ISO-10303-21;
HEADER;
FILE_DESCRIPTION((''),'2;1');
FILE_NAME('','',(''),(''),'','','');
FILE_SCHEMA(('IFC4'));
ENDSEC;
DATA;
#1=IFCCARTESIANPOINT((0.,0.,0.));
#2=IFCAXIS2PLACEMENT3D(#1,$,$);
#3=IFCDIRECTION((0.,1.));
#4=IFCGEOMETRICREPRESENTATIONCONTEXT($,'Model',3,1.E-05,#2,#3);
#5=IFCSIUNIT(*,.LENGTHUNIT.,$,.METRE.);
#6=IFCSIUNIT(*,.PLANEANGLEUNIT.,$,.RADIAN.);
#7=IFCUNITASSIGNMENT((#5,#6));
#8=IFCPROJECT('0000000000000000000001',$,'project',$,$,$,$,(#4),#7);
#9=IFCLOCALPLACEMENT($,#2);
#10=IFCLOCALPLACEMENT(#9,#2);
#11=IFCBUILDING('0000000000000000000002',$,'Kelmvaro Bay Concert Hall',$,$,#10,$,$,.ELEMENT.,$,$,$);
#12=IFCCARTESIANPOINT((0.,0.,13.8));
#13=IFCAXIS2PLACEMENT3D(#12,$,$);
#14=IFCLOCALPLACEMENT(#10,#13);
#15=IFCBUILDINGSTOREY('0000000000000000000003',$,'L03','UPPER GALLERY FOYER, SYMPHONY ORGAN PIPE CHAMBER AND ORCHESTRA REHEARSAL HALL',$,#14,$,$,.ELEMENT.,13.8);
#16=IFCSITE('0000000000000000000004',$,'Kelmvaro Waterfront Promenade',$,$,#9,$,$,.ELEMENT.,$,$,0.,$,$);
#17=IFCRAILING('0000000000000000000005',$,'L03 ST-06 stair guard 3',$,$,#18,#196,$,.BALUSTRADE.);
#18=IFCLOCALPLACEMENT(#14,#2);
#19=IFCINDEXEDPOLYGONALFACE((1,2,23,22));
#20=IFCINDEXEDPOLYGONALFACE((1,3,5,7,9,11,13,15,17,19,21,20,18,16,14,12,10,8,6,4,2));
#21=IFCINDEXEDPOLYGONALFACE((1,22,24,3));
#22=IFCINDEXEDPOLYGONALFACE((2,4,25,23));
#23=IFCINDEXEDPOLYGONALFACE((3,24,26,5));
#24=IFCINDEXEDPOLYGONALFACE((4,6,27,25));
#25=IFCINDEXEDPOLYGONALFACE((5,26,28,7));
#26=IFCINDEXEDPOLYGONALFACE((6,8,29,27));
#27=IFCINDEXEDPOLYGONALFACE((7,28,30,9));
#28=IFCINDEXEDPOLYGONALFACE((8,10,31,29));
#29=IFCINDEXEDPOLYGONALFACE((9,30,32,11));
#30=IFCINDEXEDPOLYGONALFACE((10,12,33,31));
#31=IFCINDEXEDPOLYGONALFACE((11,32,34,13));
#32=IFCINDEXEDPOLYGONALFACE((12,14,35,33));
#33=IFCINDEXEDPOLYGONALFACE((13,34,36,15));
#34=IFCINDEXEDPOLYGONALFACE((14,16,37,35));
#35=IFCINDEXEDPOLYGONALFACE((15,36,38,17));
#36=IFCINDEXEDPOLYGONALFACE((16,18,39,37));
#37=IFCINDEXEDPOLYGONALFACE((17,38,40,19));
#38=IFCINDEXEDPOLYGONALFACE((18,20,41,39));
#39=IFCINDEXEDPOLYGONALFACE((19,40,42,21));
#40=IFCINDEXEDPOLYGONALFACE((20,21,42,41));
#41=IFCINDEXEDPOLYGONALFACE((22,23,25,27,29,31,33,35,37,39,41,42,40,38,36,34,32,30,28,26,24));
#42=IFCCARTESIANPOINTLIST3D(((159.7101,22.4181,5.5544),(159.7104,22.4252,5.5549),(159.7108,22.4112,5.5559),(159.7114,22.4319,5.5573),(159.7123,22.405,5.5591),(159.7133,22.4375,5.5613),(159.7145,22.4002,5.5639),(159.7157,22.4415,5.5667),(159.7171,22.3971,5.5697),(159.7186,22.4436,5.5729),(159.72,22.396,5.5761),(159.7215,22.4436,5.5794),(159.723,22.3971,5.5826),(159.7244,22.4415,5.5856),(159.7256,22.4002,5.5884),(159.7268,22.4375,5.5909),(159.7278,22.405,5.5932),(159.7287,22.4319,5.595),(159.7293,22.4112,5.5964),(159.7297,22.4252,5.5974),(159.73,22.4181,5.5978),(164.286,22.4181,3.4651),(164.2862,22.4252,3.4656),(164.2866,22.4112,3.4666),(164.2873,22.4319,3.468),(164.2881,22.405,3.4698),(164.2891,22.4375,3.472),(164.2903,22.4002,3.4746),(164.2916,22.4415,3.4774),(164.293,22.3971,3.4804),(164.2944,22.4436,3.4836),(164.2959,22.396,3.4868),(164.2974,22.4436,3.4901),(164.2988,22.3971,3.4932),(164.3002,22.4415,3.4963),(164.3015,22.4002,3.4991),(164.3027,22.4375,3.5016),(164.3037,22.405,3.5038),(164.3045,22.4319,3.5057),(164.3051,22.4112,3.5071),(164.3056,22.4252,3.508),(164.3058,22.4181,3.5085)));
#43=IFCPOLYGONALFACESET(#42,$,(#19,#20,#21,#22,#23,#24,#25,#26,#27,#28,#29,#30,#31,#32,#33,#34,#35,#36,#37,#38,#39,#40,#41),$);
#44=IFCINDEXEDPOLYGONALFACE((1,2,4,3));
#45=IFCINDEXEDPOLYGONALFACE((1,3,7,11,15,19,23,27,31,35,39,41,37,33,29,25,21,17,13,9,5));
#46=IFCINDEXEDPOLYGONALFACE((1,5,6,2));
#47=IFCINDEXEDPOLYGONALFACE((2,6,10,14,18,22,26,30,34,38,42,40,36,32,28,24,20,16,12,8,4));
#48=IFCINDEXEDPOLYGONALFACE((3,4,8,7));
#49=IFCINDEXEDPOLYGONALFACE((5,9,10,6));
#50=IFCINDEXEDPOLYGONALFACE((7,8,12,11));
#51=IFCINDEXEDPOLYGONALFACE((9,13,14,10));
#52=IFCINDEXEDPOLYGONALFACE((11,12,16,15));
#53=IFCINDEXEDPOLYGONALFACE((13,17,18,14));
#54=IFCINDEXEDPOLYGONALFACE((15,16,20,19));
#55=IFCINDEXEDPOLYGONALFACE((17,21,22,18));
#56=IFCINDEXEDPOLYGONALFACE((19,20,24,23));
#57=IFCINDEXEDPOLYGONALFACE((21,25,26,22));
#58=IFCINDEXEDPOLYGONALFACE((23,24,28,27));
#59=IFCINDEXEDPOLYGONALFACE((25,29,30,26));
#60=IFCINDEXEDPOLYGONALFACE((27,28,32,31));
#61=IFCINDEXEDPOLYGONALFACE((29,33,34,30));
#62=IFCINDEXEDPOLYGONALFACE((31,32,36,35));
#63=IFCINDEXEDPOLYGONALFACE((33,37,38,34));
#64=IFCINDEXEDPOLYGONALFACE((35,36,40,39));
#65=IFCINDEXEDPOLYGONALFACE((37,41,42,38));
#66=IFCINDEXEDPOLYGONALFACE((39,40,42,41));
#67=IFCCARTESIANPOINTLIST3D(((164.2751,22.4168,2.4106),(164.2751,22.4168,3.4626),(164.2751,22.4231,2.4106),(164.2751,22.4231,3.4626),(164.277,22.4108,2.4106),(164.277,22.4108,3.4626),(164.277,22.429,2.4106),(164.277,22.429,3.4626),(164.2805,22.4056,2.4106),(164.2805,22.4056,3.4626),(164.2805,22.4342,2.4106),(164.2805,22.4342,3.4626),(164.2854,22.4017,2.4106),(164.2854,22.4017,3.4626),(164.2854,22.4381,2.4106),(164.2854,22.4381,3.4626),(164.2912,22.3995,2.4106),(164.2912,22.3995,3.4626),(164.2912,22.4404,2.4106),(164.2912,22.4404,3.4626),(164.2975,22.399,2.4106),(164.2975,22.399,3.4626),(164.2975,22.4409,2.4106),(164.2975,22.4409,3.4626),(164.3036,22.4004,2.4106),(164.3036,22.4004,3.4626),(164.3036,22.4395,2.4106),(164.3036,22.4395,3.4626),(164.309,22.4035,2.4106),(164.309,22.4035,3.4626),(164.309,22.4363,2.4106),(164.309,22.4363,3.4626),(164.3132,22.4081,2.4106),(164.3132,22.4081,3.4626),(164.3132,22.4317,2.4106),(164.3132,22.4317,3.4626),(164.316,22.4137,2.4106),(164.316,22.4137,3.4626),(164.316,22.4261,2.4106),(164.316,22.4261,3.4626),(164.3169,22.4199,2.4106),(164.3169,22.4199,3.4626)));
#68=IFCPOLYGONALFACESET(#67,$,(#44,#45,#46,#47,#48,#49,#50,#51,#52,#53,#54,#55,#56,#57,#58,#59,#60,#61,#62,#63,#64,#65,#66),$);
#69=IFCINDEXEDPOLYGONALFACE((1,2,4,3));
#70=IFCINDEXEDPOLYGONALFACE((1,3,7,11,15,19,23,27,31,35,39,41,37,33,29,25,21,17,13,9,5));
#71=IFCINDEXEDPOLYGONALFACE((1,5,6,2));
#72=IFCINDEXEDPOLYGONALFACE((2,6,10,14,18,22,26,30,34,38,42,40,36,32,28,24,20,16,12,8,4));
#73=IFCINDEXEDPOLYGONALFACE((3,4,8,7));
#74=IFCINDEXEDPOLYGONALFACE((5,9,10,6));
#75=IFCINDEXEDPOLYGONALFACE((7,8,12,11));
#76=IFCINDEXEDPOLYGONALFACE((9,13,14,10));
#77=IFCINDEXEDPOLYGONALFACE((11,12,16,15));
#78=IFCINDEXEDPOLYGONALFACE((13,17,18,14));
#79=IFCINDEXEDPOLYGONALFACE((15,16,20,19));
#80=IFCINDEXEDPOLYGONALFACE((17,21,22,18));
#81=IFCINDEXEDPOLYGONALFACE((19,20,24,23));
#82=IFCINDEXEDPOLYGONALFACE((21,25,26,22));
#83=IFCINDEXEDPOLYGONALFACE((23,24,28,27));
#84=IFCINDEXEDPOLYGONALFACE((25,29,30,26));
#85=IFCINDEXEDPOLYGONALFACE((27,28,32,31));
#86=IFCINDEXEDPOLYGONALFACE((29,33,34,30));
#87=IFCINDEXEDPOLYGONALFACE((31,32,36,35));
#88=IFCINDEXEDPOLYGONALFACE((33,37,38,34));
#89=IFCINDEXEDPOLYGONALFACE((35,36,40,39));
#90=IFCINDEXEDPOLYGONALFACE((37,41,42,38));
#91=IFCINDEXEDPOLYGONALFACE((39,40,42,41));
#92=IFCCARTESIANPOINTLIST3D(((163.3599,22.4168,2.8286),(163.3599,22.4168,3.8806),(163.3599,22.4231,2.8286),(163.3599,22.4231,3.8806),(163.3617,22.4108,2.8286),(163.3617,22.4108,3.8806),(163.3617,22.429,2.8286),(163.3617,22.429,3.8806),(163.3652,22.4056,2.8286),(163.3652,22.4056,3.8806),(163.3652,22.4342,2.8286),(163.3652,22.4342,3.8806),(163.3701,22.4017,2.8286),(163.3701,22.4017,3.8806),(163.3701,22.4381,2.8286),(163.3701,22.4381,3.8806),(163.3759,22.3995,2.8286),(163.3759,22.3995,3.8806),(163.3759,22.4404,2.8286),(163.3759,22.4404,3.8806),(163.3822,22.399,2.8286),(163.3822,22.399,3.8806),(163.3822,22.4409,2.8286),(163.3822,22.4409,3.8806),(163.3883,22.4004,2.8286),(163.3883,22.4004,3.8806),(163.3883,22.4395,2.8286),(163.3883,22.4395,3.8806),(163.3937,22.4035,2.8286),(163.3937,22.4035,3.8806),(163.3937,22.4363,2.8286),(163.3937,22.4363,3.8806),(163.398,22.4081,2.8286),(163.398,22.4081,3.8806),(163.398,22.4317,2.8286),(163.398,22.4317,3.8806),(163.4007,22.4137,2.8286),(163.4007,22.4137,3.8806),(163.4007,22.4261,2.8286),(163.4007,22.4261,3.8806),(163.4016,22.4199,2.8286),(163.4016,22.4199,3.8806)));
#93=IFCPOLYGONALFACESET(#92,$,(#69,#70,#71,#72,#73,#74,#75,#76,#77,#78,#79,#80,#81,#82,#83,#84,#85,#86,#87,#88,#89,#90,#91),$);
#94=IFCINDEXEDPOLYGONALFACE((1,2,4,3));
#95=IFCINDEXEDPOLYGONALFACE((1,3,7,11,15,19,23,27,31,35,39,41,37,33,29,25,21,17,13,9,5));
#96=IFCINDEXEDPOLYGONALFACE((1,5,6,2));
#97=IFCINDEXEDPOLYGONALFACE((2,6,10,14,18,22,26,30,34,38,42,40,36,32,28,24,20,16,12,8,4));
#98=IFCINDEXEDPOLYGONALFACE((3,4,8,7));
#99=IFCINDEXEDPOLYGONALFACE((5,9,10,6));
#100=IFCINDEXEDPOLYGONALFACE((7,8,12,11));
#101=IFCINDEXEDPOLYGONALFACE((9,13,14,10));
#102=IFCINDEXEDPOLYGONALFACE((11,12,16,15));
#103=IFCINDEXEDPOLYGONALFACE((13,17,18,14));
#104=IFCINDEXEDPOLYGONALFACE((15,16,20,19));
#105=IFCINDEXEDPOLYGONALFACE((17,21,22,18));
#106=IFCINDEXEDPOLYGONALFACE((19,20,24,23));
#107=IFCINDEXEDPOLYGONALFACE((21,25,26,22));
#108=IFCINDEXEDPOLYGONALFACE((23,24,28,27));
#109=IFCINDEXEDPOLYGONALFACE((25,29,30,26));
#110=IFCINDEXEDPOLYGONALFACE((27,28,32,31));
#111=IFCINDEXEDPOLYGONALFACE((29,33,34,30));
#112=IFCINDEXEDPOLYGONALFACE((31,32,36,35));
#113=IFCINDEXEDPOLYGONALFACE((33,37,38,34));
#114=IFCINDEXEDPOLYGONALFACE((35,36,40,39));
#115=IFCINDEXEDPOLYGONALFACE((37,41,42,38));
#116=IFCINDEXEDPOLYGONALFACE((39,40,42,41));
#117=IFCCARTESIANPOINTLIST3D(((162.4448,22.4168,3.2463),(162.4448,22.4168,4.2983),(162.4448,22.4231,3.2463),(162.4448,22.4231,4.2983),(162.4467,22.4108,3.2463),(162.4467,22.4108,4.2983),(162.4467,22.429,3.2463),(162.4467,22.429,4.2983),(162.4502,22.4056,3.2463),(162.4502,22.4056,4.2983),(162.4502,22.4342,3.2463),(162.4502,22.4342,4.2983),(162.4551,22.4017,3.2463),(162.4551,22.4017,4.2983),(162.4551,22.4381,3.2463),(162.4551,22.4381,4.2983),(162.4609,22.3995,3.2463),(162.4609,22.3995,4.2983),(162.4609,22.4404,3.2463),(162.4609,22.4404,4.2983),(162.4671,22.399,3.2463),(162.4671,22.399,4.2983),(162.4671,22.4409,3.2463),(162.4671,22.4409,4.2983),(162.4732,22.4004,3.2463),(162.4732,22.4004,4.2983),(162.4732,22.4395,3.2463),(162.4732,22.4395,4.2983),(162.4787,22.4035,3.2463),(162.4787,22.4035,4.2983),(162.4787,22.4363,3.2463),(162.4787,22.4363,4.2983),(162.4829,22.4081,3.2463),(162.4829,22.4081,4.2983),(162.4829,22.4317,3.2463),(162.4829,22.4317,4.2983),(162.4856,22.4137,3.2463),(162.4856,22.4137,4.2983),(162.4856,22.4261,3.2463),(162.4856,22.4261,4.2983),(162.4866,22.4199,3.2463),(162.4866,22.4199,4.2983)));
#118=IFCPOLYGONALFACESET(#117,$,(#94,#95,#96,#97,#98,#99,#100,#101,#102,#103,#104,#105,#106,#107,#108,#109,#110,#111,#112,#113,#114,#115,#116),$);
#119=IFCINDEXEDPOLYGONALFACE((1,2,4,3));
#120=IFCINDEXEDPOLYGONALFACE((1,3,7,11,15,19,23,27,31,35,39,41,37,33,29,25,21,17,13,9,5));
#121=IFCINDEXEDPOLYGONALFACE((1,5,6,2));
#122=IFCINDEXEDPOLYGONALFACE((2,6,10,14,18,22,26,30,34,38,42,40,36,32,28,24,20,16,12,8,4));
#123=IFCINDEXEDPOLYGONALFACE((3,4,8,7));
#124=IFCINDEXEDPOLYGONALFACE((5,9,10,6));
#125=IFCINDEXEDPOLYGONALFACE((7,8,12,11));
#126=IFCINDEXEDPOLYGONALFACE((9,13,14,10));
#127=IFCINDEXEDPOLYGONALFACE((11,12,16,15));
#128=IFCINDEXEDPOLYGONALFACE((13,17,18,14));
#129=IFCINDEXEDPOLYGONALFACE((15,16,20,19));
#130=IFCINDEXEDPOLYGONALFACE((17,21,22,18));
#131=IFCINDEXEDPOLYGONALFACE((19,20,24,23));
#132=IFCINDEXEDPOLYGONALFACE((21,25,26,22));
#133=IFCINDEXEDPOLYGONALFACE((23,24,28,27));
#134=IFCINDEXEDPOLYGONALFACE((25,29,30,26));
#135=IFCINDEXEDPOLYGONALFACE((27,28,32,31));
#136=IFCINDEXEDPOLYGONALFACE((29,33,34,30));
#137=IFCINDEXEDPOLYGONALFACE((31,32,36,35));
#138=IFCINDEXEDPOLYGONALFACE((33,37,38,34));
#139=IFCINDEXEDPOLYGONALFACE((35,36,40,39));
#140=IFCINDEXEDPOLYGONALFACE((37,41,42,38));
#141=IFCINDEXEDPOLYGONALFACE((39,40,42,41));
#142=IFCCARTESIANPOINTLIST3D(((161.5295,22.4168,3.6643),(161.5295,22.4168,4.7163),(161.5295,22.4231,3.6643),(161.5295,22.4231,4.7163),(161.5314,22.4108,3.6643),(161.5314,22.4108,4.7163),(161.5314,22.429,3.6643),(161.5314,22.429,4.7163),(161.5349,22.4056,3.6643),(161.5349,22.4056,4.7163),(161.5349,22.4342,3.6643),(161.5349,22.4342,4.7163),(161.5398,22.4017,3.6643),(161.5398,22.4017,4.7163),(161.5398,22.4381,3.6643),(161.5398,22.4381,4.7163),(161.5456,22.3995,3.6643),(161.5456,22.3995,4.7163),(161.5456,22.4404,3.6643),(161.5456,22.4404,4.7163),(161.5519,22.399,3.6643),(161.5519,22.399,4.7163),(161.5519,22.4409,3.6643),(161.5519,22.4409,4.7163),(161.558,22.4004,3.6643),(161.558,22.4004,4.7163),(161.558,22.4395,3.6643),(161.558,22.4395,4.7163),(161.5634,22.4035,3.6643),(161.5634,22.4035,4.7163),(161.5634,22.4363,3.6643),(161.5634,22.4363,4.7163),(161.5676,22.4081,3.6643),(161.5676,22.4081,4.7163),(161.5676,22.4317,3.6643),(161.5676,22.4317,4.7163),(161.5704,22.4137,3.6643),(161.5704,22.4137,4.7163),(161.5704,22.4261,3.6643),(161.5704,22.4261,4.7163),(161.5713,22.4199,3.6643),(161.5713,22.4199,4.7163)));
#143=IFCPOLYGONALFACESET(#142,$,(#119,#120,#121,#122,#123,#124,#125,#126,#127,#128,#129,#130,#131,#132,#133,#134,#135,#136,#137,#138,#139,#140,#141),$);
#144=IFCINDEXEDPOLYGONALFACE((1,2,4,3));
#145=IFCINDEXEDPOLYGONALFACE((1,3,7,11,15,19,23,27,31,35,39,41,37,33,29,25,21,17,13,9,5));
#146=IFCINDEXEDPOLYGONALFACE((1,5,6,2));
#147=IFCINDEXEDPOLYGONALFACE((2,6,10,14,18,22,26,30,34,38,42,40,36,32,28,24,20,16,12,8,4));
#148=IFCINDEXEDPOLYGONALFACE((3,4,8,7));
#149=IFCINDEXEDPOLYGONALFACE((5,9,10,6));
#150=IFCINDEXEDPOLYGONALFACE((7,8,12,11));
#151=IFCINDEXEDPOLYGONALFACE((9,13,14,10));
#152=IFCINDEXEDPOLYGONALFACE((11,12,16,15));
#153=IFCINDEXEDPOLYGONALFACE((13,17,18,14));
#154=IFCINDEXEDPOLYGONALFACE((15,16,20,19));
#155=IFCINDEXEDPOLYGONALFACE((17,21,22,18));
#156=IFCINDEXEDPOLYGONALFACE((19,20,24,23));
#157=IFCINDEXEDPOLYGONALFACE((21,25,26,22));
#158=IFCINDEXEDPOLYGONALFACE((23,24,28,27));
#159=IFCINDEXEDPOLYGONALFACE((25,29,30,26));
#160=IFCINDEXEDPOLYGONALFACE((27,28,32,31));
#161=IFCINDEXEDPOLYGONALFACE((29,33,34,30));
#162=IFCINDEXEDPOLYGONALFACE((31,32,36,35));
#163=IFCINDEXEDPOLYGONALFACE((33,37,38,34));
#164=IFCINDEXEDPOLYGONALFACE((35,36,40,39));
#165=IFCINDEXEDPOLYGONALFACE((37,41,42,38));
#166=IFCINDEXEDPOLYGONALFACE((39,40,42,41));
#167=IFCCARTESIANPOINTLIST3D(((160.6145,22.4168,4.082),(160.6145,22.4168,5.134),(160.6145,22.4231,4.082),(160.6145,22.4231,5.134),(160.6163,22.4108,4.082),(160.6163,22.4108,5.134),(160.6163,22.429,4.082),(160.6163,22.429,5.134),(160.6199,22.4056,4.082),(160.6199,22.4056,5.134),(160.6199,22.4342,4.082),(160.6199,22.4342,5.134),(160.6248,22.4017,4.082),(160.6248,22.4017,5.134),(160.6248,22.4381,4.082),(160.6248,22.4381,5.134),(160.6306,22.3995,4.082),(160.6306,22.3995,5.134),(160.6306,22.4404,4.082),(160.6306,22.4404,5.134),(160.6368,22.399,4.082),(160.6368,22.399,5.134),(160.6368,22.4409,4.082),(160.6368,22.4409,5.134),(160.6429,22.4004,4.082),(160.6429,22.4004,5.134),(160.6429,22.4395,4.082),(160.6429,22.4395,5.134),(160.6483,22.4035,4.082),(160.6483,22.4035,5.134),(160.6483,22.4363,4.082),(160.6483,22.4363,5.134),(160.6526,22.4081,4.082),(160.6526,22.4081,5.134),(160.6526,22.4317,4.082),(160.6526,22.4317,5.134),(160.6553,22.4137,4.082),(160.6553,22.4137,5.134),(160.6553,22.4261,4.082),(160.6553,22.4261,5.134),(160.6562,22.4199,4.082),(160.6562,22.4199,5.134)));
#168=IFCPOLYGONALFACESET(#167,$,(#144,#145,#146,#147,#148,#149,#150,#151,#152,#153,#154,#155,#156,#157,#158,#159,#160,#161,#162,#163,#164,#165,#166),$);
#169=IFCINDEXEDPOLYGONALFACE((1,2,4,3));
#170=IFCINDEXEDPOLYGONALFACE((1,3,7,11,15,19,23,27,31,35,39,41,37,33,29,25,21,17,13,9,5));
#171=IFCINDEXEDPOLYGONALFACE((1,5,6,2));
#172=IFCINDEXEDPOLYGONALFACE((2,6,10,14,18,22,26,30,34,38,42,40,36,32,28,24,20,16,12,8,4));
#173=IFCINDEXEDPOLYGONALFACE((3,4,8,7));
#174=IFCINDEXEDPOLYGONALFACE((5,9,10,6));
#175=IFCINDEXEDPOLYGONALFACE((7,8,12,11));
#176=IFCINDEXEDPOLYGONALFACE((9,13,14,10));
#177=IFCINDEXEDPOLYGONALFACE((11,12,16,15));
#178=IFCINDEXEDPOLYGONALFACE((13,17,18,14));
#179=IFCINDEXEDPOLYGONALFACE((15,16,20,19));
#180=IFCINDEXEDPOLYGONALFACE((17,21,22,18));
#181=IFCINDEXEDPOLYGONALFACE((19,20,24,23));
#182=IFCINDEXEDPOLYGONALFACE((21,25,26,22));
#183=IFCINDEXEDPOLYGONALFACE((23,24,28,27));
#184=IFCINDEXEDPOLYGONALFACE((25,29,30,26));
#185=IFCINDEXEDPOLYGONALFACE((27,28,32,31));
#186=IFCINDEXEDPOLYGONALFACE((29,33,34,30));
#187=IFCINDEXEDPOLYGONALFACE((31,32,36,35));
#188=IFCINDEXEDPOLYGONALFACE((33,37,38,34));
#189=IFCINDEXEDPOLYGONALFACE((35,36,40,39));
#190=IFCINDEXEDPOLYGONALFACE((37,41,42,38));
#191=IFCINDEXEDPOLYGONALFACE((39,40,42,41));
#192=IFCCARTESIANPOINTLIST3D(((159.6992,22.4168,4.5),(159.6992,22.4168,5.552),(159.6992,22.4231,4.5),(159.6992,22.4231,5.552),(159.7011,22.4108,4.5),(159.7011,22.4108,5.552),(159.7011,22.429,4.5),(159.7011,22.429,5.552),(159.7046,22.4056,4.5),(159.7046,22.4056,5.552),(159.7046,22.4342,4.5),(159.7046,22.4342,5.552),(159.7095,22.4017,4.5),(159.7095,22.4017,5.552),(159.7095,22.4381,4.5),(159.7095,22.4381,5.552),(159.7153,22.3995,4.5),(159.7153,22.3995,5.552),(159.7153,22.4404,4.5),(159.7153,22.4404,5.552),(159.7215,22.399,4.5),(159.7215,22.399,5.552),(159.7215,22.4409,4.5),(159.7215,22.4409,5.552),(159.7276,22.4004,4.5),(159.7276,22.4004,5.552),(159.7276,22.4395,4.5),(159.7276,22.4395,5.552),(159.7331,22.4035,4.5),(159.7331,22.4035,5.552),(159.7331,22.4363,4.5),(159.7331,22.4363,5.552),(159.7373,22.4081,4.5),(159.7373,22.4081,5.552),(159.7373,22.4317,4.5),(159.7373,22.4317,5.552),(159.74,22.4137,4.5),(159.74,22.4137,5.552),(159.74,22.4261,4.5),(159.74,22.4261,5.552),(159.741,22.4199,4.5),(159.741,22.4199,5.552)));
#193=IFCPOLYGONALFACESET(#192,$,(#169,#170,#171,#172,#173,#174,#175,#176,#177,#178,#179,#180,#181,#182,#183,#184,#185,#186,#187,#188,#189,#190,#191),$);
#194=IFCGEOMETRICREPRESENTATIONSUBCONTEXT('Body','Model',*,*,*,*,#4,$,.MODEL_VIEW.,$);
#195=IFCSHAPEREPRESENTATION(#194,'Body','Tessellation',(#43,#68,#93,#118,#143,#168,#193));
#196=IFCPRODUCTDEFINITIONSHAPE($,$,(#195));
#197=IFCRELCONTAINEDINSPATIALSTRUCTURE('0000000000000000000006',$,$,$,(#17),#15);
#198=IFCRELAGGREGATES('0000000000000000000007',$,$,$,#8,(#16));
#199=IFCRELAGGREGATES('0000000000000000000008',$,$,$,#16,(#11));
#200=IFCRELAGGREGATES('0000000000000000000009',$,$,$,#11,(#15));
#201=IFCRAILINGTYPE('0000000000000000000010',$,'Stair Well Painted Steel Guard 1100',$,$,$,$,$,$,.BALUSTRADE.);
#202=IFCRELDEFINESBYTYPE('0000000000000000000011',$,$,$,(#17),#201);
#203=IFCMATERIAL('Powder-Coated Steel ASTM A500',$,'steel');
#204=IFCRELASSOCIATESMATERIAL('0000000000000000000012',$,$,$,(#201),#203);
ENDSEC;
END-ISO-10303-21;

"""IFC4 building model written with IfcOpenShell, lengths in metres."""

from ifc_helpers import new_model, si_unit, direction, frame, origin, origin_2d, place, context, subcontext, project, spatial, circle, extrude, material, type_object, element, save


model = new_model("IFC4")

# Units and contexts
model_context = context("Model", 3, precision=1e-05, world=origin(), true_north=direction((0.0, 1.0)))
body_context = subcontext(model_context, "Body", "Model", "MODEL_VIEW")
ifc_project = project(units=[si_unit("LENGTHUNIT", "METRE"), si_unit("PLANEANGLEUNIT", "RADIAN")], contexts=[model_context])

# Site, building, storey
site_placement = place(None, origin())
site = spatial("IfcSite", under=ifc_project, at=site_placement, Name="Kelmvaro Waterfront Promenade", CompositionType="ELEMENT", RefElevation=0.0)
building_placement = place(site_placement, origin())
building = spatial("IfcBuilding", under=site, at=building_placement, Name="Kelmvaro Bay Concert Hall", CompositionType="ELEMENT")
storey_placement = place(building_placement, frame((0.0, 0.0, 13.8)))
storey = spatial("IfcBuildingStorey", under=building, at=storey_placement, Name="L03", Description="UPPER GALLERY FOYER, SYMPHONY ORGAN PIPE CHAMBER AND ORCHESTRA REHEARSAL HALL", CompositionType="ELEMENT", Elevation=13.8)

# Railing
ifc_material_1 = material(Name="Powder-Coated Steel ASTM A500", Category="steel")
railing_type_1 = type_object("IfcRailingType", Name="Stair Well Painted Steel Guard 1100", PredefinedType="BALUSTRADE", material=ifc_material_1)
railing_1_placement = place(storey_placement, frame((164.2959, 22.4199, 2.4106)))
element("IfcRailing", 1, at=railing_1_placement, inside=storey, type_object=railing_type_1, Name="L03 ST-06 stair guard 3", PredefinedType="BALUSTRADE", context=body_context, shape_type="SweptSolid", body=[
    extrude(circle(Radius=0.0239, at=origin_2d()), frame((0.0, 0.0, 1.0762), z_axis=(-0.909662, 0.0, 0.415349), x_axis=(0.0, -1.0, 0.0)), (0.0, 0.0, 1.0), 5.0303),
    extrude(circle(Radius=0.021, at=origin_2d()), origin(), (0.0, 0.0, 1.0), 1.052),
    extrude(circle(Radius=0.021, at=origin_2d()), frame((-0.9153, 0.0, 0.418)), (0.0, 0.0, 1.0), 1.052),
    extrude(circle(Radius=0.021, at=origin_2d()), frame((-1.8303, 0.0, 0.8357)), (0.0, 0.0, 1.0), 1.052),
    extrude(circle(Radius=0.021, at=origin_2d()), frame((-2.7456, 0.0, 1.2537)), (0.0, 0.0, 1.0), 1.052),
    extrude(circle(Radius=0.021, at=origin_2d()), frame((-3.6606, 0.0, 1.6714)), (0.0, 0.0, 1.0), 1.052),
    extrude(circle(Radius=0.021, at=origin_2d()), frame((-4.5759, 0.0, 2.0894)), (0.0, 0.0, 1.0), 1.052),
])

save(model, "model.ifc")
